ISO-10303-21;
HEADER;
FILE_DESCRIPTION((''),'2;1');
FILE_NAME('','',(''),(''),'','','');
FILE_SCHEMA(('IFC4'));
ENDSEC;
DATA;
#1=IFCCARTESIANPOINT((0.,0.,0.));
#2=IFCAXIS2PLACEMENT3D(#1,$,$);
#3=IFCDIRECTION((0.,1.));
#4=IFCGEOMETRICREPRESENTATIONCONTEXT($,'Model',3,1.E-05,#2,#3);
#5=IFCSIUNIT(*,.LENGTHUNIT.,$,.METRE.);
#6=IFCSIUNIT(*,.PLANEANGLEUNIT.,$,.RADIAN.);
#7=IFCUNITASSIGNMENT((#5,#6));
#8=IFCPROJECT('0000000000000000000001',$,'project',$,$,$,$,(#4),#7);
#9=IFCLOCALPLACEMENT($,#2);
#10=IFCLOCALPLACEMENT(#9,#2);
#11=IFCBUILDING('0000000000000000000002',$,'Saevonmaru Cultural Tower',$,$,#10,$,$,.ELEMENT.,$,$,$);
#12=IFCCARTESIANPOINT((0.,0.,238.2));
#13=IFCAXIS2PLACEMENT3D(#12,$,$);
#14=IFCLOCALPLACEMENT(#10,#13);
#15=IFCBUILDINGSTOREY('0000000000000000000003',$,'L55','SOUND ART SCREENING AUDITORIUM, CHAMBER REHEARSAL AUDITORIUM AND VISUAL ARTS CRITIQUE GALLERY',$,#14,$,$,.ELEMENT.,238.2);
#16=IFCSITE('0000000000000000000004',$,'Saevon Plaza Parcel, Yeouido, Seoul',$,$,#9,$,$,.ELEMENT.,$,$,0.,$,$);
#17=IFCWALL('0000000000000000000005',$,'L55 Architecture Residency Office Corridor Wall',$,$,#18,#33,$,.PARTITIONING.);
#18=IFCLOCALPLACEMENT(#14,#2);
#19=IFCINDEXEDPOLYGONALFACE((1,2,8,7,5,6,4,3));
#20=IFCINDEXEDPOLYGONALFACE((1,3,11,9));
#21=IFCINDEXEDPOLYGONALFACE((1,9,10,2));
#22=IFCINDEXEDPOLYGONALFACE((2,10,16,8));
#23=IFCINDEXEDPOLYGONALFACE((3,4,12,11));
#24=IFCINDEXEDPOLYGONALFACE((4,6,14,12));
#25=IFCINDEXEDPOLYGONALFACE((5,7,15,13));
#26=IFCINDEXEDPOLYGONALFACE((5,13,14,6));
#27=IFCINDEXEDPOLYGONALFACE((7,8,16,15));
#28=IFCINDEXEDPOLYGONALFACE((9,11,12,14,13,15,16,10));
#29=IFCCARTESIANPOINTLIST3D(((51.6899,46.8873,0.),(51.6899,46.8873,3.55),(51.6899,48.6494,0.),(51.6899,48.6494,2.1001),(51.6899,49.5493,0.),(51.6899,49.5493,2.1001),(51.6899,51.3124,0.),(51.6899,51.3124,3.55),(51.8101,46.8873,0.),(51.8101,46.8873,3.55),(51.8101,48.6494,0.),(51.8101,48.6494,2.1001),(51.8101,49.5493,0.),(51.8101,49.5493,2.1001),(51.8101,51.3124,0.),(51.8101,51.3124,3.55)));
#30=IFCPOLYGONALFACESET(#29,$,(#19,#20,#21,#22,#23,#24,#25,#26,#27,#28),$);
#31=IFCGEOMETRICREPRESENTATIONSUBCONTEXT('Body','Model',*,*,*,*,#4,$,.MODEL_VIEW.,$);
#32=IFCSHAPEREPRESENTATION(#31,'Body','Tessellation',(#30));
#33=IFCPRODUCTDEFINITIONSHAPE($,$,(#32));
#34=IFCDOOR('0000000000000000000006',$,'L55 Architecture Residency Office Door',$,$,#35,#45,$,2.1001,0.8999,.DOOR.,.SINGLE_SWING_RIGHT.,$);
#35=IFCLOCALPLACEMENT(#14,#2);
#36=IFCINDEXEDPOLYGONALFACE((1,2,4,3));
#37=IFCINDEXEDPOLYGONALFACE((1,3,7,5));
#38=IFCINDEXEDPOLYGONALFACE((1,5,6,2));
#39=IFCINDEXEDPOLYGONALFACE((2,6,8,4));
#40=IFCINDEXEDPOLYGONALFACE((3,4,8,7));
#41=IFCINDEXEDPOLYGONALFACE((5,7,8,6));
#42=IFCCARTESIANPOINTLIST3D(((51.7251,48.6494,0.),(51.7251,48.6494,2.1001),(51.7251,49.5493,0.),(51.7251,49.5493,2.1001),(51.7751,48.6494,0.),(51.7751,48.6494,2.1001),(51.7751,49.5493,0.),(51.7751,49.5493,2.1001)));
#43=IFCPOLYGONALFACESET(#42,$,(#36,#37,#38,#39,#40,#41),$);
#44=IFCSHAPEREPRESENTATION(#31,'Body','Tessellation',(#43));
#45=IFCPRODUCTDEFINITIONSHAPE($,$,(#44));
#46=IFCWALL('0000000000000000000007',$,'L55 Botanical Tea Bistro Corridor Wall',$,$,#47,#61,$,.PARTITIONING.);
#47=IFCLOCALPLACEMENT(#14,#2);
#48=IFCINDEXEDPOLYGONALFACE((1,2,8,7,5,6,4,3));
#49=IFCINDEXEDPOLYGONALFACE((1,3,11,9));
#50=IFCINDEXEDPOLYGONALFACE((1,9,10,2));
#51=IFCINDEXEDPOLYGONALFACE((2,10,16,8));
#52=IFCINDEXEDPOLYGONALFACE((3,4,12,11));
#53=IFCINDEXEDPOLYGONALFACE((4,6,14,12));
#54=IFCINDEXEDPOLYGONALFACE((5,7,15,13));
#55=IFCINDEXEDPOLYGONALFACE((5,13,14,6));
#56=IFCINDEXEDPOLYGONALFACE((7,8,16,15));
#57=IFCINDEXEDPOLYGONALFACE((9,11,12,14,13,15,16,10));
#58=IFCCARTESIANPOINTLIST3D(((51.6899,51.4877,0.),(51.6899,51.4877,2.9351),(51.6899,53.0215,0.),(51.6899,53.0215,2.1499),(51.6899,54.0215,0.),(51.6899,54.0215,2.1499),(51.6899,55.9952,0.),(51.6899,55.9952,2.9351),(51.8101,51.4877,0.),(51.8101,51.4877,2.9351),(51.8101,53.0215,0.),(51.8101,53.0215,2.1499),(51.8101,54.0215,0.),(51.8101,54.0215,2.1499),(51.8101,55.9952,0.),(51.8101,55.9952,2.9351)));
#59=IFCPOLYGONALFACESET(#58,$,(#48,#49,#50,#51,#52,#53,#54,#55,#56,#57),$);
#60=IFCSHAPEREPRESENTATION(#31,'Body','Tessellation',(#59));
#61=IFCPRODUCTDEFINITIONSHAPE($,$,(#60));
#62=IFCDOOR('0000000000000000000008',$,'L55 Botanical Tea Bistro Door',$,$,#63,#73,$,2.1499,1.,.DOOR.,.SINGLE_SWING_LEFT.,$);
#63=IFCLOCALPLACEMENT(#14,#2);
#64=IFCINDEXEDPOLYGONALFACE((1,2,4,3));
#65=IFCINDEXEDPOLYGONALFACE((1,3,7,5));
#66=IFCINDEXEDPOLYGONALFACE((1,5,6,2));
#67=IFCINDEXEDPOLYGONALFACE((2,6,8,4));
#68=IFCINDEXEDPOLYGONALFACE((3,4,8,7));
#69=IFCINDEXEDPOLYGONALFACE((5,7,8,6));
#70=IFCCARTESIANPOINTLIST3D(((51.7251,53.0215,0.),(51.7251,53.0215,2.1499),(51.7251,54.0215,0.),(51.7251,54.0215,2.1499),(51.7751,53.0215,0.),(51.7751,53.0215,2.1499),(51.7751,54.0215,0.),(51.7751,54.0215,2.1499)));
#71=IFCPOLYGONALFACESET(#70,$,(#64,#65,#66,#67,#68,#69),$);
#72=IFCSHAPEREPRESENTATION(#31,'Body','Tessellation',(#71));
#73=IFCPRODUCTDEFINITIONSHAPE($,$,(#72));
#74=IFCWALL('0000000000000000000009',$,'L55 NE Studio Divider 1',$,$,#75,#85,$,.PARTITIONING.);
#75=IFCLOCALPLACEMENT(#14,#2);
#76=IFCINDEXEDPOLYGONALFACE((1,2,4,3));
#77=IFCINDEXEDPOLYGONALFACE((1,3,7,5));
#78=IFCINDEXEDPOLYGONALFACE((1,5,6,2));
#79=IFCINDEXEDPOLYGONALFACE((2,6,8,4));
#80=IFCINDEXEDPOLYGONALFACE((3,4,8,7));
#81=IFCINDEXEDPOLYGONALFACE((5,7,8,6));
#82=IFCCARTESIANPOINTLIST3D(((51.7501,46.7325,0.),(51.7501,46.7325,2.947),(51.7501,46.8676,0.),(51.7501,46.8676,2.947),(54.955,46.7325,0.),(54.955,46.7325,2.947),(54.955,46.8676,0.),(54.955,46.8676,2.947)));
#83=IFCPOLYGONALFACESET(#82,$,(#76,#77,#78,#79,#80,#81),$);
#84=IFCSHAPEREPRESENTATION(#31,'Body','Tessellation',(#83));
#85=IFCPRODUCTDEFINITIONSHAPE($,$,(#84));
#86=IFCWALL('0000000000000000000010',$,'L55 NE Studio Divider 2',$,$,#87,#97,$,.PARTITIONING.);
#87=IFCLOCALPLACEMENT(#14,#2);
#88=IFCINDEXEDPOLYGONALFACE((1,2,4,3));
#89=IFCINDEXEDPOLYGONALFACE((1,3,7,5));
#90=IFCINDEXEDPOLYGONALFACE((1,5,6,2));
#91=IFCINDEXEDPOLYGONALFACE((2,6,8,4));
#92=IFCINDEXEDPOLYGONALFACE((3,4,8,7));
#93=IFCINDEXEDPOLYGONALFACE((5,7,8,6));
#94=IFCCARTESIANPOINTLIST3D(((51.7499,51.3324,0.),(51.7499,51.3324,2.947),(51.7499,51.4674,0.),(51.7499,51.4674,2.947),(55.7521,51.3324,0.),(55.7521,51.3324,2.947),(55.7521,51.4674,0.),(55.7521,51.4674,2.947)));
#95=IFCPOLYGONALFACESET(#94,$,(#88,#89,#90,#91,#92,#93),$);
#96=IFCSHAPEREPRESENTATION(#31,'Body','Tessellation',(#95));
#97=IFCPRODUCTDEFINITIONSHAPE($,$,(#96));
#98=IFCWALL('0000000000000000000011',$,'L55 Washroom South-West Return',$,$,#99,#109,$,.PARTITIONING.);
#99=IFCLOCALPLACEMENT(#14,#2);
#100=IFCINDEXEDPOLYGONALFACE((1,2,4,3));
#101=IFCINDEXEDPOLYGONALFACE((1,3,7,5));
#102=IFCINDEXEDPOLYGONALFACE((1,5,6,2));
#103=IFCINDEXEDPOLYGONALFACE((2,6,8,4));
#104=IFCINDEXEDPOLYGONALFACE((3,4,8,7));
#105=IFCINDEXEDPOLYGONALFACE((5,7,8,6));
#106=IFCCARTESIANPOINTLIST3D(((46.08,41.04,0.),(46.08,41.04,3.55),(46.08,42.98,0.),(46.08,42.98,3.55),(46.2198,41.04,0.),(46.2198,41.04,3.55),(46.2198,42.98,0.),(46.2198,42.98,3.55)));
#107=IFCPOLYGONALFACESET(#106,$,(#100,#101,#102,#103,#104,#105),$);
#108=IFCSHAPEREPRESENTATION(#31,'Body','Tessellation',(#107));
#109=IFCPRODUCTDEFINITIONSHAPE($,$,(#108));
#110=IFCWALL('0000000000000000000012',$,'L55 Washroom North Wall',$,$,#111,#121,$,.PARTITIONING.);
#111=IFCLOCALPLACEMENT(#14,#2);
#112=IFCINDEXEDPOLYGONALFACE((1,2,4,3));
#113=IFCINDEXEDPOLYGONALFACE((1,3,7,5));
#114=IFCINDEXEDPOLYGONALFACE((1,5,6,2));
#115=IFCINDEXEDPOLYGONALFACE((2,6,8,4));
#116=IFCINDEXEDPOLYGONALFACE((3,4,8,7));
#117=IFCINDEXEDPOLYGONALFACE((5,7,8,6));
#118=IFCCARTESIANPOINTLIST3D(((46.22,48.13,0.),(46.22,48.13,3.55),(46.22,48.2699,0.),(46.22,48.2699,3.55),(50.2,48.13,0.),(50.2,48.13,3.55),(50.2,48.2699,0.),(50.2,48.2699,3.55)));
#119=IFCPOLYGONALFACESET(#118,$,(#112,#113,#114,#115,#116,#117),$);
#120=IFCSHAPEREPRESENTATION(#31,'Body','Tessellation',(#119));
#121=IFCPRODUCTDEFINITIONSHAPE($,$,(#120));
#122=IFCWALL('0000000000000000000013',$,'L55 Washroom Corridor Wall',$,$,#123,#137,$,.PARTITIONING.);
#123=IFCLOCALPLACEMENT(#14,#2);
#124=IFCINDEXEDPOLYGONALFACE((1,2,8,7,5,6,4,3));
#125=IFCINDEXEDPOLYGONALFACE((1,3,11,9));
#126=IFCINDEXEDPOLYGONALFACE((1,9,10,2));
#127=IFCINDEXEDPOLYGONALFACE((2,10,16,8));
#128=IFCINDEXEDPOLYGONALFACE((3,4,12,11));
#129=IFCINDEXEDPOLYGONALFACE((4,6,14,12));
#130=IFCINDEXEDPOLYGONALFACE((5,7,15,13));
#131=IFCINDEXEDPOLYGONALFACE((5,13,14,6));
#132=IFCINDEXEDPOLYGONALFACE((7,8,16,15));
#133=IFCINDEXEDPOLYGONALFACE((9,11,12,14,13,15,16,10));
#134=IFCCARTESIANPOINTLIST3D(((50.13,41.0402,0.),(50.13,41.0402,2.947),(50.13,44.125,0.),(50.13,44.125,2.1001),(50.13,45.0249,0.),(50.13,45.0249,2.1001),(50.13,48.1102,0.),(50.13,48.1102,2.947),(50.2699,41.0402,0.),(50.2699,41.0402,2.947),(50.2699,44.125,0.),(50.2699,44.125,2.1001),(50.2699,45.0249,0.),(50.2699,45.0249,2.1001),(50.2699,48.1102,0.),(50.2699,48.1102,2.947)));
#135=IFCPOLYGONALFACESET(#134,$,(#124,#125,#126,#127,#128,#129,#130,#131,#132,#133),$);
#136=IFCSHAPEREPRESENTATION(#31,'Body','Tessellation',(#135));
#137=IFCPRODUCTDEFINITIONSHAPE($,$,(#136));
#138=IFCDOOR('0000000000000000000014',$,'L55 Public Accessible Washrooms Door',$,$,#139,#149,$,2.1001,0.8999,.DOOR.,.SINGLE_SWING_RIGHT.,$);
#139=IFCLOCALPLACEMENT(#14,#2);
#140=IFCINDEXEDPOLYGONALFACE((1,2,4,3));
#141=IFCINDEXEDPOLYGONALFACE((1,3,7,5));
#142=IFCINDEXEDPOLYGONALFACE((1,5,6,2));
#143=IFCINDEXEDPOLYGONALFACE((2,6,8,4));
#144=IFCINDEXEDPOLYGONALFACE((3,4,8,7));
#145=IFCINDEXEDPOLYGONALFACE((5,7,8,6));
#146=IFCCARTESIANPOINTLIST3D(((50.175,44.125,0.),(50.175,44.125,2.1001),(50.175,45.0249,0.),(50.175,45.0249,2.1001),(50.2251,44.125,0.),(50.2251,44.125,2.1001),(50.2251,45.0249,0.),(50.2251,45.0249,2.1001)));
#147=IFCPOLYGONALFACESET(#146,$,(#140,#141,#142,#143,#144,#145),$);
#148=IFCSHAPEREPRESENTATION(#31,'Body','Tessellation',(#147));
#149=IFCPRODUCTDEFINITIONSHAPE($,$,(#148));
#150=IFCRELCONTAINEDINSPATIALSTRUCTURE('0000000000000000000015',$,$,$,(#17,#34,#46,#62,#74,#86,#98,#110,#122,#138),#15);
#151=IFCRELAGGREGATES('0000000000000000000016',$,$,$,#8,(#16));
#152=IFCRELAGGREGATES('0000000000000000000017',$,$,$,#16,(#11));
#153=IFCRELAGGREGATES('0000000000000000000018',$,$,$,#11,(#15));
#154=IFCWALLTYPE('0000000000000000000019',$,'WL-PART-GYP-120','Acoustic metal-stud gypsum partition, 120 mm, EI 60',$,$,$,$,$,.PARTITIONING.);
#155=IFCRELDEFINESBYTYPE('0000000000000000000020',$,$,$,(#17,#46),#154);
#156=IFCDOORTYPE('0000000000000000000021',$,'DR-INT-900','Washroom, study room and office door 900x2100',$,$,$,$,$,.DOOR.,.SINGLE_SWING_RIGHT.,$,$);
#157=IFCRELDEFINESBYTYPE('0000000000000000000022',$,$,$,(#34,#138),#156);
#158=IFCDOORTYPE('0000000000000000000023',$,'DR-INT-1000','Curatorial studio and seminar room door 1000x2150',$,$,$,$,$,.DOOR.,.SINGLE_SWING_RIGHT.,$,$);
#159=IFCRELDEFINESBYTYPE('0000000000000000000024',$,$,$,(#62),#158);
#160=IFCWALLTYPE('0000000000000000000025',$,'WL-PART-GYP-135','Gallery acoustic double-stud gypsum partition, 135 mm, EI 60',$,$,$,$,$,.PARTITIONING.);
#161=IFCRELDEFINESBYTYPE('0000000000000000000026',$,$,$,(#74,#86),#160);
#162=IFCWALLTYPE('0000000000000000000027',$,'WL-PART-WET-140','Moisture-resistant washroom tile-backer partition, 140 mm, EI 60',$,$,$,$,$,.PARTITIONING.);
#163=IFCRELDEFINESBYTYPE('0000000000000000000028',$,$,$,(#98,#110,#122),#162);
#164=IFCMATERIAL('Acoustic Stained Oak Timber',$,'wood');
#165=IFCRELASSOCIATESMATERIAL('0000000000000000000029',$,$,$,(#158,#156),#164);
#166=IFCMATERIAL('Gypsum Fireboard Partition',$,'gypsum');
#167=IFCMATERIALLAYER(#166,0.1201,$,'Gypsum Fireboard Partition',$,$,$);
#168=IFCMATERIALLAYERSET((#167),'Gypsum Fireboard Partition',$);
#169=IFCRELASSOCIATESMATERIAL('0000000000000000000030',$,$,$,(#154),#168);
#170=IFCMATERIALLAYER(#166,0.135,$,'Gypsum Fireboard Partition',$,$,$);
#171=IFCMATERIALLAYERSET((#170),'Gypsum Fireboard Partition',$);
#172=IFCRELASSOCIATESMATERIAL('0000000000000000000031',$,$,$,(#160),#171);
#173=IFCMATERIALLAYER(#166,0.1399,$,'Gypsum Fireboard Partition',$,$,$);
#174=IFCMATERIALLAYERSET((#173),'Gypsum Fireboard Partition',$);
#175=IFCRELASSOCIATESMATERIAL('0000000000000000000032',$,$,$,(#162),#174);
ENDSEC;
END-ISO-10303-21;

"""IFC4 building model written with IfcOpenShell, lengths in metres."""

from ifc_helpers import new_model, si_unit, direction, frame, frame_2d, origin, place, context, subcontext, project, spatial, rectangle, extrude, material, layer, layer_set, type_object, element, fill, save


model = new_model("IFC4")

# Units and contexts
model_context = context("Model", 3, precision=1e-05, world=origin(), true_north=direction((0.0, 1.0)))
body_context = subcontext(model_context, "Body", "Model", "MODEL_VIEW")
ifc_project = project(units=[si_unit("LENGTHUNIT", "METRE"), si_unit("PLANEANGLEUNIT", "RADIAN")], contexts=[model_context])

# Site, building, storey
site_placement = place(None, origin())
site = spatial("IfcSite", under=ifc_project, at=site_placement, Name="Saevon Plaza Parcel, Yeouido, Seoul", CompositionType="ELEMENT", RefElevation=0.0)
building_placement = place(site_placement, origin())
building = spatial("IfcBuilding", under=site, at=building_placement, Name="Saevonmaru Cultural Tower", CompositionType="ELEMENT")
storey_placement = place(building_placement, frame((0.0, 0.0, 238.2)))
storey = spatial("IfcBuildingStorey", under=building, at=storey_placement, Name="L55", Description="SOUND ART SCREENING AUDITORIUM, CHAMBER REHEARSAL AUDITORIUM AND VISUAL ARTS CRITIQUE GALLERY", CompositionType="ELEMENT", Elevation=238.2)

# Shared definitions
ifc_material_1 = material(Name="Gypsum Fireboard Partition", Category="gypsum")
ifc_material_2 = material(Name="Acoustic Stained Oak Timber", Category="wood")
door_type_1 = type_object("IfcDoorType", Name="DR-INT-1000", Description="Curatorial studio and seminar room door 1000x2150", OperationType="SINGLE_SWING_RIGHT", PredefinedType="DOOR", material=ifc_material_2)

# Shared definitions
ifc_layer_1 = layer(ifc_material_1, 0.1201, Name="Gypsum Fireboard Partition")
ifc_layer_set_1 = layer_set([ifc_layer_1], Name="Gypsum Fireboard Partition")
wall_type_1 = type_object("IfcWallType", Name="WL-PART-GYP-120", Description="Acoustic metal-stud gypsum partition, 120 mm, EI 60", PredefinedType="PARTITIONING", material=ifc_layer_set_1)

# Walls, openings, doors
wall_1_placement = place(storey_placement, frame((51.75, 46.8875, 0.0), z_axis=(0.0, 0.0, 1.0), x_axis=(0.0, 1.0, 0.0)))
wall_1 = element("IfcWall", 1, at=wall_1_placement, inside=storey, type_object=wall_type_1, Name="L55 Architecture Residency Office Corridor Wall", PredefinedType="PARTITIONING", context=body_context, shape_type="SweptSolid", body=[
    extrude(rectangle(XDim=4.425, YDim=0.1201, at=frame_2d((2.2124, 0.0))), origin(), (0.0, 0.0, 1.0), 3.55),
])
opening_1_placement = place(wall_1_placement, frame((1.762, 0.0, 0.0)))
opening_1 = element("IfcOpeningElement", 2, at=opening_1_placement, cuts=wall_1, PredefinedType="OPENING", context=body_context, shape_type="SweptSolid", body=[
    extrude(rectangle(XDim=0.8999, YDim=2.1001, at=frame_2d((0.45, 1.05))), frame((0.0, 0.0701, 0.0), z_axis=(0.0, -1.0, 0.0), x_axis=(1.0, 0.0, 0.0)), (0.0, 0.0, 1.0), 0.1401),
])
door_type_2 = type_object("IfcDoorType", Name="DR-INT-900", Description="Washroom, study room and office door 900x2100", OperationType="SINGLE_SWING_RIGHT", PredefinedType="DOOR", material=ifc_material_2)
door_1_placement = place(opening_1_placement, origin())
door_1 = element("IfcDoor", 3, at=door_1_placement, inside=storey, type_object=door_type_2, Name="L55 Architecture Residency Office Door", OperationType="SINGLE_SWING_RIGHT", OverallHeight=2.1001, OverallWidth=0.8999, PredefinedType="DOOR", context=body_context, shape_type="SweptSolid", body=[
    extrude(rectangle(XDim=0.8999, YDim=2.1001, at=frame_2d((0.45, 1.05))), frame((0.0, 0.0249, 0.0), z_axis=(0.0, -1.0, 0.0), x_axis=(1.0, 0.0, 0.0)), (0.0, 0.0, 1.0), 0.05),
])
fill(opening_1, door_1)
wall_2_placement = place(storey_placement, frame((51.75, 51.4875, 0.0), z_axis=(0.0, 0.0, 1.0), x_axis=(0.0, 1.0, 0.0)))
wall_2 = element("IfcWall", 4, at=wall_2_placement, inside=storey, type_object=wall_type_1, Name="L55 Botanical Tea Bistro Corridor Wall", PredefinedType="PARTITIONING", context=body_context, shape_type="SweptSolid", body=[
    extrude(rectangle(XDim=4.5076, YDim=0.1201, at=frame_2d((2.2539, 0.0))), origin(), (0.0, 0.0, 1.0), 2.9351),
])
opening_2_placement = place(wall_2_placement, frame((1.5339, 0.0, 0.0)))
opening_2 = element("IfcOpeningElement", 5, at=opening_2_placement, cuts=wall_2, PredefinedType="OPENING", context=body_context, shape_type="SweptSolid", body=[
    extrude(rectangle(XDim=1.0, YDim=2.1499, at=frame_2d((0.5, 1.075))), frame((0.0, 0.0701, 0.0), z_axis=(0.0, -1.0, 0.0), x_axis=(1.0, 0.0, 0.0)), (0.0, 0.0, 1.0), 0.1401),
])
door_2_placement = place(opening_2_placement, origin())
door_2 = element("IfcDoor", 6, at=door_2_placement, inside=storey, type_object=door_type_1, Name="L55 Botanical Tea Bistro Door", OperationType="SINGLE_SWING_LEFT", OverallHeight=2.1499, OverallWidth=1.0, PredefinedType="DOOR", context=body_context, shape_type="SweptSolid", body=[
    extrude(rectangle(XDim=1.0, YDim=2.1499, at=frame_2d((0.5, 1.075))), frame((0.0, 0.0249, 0.0), z_axis=(0.0, -1.0, 0.0), x_axis=(1.0, 0.0, 0.0)), (0.0, 0.0, 1.0), 0.05),
])
fill(opening_2, door_2)

# Walls
ifc_layer_2 = layer(ifc_material_1, 0.135, Name="Gypsum Fireboard Partition")
ifc_layer_set_2 = layer_set([ifc_layer_2], Name="Gypsum Fireboard Partition")
wall_type_2 = type_object("IfcWallType", Name="WL-PART-GYP-135", Description="Gallery acoustic double-stud gypsum partition, 135 mm, EI 60", PredefinedType="PARTITIONING", material=ifc_layer_set_2)
wall_3_placement = place(storey_placement, frame((51.75, 46.8, 0.0), z_axis=(0.0, 0.0, 1.0), x_axis=(1.0, 0.0, 0.0)))
element("IfcWall", 7, at=wall_3_placement, inside=storey, type_object=wall_type_2, Name="L55 NE Studio Divider 1", PredefinedType="PARTITIONING", context=body_context, shape_type="SweptSolid", body=[
    extrude(rectangle(XDim=3.2048, YDim=0.135, at=frame_2d((1.6025, 0.0))), origin(), (0.0, 0.0, 1.0), 2.947),
])
wall_4_placement = place(storey_placement, frame((51.75, 51.3999, 0.0), z_axis=(0.0, 0.0, 1.0), x_axis=(1.0, 0.0, 0.0)))
element("IfcWall", 8, at=wall_4_placement, inside=storey, type_object=wall_type_2, Name="L55 NE Studio Divider 2", PredefinedType="PARTITIONING", context=body_context, shape_type="SweptSolid", body=[
    extrude(rectangle(XDim=4.0022, YDim=0.135, at=frame_2d((2.001, 0.0))), origin(), (0.0, 0.0, 1.0), 2.947),
])
ifc_layer_3 = layer(ifc_material_1, 0.1399, Name="Gypsum Fireboard Partition")
ifc_layer_set_3 = layer_set([ifc_layer_3], Name="Gypsum Fireboard Partition")
wall_type_3 = type_object("IfcWallType", Name="WL-PART-WET-140", Description="Moisture-resistant washroom tile-backer partition, 140 mm, EI 60", PredefinedType="PARTITIONING", material=ifc_layer_set_3)
wall_5_placement = place(storey_placement, frame((46.1499, 41.04, 0.0), z_axis=(0.0, 0.0, 1.0), x_axis=(0.0, 1.0, 0.0)))
element("IfcWall", 9, at=wall_5_placement, inside=storey, type_object=wall_type_3, Name="L55 Washroom South-West Return", PredefinedType="PARTITIONING", context=body_context, shape_type="SweptSolid", body=[
    extrude(rectangle(XDim=1.9399, YDim=0.1399, at=frame_2d((0.97, 0.0))), origin(), (0.0, 0.0, 1.0), 3.55),
])
wall_6_placement = place(storey_placement, frame((46.22, 48.2, 0.0), z_axis=(0.0, 0.0, 1.0), x_axis=(1.0, 0.0, 0.0)))
element("IfcWall", 10, at=wall_6_placement, inside=storey, type_object=wall_type_3, Name="L55 Washroom North Wall", PredefinedType="PARTITIONING", context=body_context, shape_type="SweptSolid", body=[
    extrude(rectangle(XDim=3.98, YDim=0.1399, at=frame_2d((1.99, 0.0))), origin(), (0.0, 0.0, 1.0), 3.55),
])

# Wall, opening, door
wall_7_placement = place(storey_placement, frame((50.2, 41.04, 0.0), z_axis=(0.0, 0.0, 1.0), x_axis=(0.0, 1.0, 0.0)))
wall_7 = element("IfcWall", 11, at=wall_7_placement, inside=storey, type_object=wall_type_3, Name="L55 Washroom Corridor Wall", PredefinedType="PARTITIONING", context=body_context, shape_type="SweptSolid", body=[
    extrude(rectangle(XDim=7.0701, YDim=0.1399, at=frame_2d((3.5352, 0.0))), origin(), (0.0, 0.0, 1.0), 2.947),
])
opening_3_placement = place(wall_7_placement, frame((3.085, 0.0, 0.0)))
opening_3 = element("IfcOpeningElement", 12, at=opening_3_placement, cuts=wall_7, PredefinedType="OPENING", context=body_context, shape_type="SweptSolid", body=[
    extrude(rectangle(XDim=0.8999, YDim=2.1001, at=frame_2d((0.45, 1.05))), frame((0.0, 0.0801, 0.0), z_axis=(0.0, -1.0, 0.0), x_axis=(1.0, 0.0, 0.0)), (0.0, 0.0, 1.0), 0.1599),
])
door_3_placement = place(opening_3_placement, origin())
door_3 = element("IfcDoor", 13, at=door_3_placement, inside=storey, type_object=door_type_2, Name="L55 Public Accessible Washrooms Door", OperationType="SINGLE_SWING_RIGHT", OverallHeight=2.1001, OverallWidth=0.8999, PredefinedType="DOOR", context=body_context, shape_type="SweptSolid", body=[
    extrude(rectangle(XDim=0.8999, YDim=2.1001, at=frame_2d((0.45, 1.05))), frame((0.0, 0.0249, 0.0), z_axis=(0.0, -1.0, 0.0), x_axis=(1.0, 0.0, 0.0)), (0.0, 0.0, 1.0), 0.05),
])
fill(opening_3, door_3)

save(model, "model.ifc")
